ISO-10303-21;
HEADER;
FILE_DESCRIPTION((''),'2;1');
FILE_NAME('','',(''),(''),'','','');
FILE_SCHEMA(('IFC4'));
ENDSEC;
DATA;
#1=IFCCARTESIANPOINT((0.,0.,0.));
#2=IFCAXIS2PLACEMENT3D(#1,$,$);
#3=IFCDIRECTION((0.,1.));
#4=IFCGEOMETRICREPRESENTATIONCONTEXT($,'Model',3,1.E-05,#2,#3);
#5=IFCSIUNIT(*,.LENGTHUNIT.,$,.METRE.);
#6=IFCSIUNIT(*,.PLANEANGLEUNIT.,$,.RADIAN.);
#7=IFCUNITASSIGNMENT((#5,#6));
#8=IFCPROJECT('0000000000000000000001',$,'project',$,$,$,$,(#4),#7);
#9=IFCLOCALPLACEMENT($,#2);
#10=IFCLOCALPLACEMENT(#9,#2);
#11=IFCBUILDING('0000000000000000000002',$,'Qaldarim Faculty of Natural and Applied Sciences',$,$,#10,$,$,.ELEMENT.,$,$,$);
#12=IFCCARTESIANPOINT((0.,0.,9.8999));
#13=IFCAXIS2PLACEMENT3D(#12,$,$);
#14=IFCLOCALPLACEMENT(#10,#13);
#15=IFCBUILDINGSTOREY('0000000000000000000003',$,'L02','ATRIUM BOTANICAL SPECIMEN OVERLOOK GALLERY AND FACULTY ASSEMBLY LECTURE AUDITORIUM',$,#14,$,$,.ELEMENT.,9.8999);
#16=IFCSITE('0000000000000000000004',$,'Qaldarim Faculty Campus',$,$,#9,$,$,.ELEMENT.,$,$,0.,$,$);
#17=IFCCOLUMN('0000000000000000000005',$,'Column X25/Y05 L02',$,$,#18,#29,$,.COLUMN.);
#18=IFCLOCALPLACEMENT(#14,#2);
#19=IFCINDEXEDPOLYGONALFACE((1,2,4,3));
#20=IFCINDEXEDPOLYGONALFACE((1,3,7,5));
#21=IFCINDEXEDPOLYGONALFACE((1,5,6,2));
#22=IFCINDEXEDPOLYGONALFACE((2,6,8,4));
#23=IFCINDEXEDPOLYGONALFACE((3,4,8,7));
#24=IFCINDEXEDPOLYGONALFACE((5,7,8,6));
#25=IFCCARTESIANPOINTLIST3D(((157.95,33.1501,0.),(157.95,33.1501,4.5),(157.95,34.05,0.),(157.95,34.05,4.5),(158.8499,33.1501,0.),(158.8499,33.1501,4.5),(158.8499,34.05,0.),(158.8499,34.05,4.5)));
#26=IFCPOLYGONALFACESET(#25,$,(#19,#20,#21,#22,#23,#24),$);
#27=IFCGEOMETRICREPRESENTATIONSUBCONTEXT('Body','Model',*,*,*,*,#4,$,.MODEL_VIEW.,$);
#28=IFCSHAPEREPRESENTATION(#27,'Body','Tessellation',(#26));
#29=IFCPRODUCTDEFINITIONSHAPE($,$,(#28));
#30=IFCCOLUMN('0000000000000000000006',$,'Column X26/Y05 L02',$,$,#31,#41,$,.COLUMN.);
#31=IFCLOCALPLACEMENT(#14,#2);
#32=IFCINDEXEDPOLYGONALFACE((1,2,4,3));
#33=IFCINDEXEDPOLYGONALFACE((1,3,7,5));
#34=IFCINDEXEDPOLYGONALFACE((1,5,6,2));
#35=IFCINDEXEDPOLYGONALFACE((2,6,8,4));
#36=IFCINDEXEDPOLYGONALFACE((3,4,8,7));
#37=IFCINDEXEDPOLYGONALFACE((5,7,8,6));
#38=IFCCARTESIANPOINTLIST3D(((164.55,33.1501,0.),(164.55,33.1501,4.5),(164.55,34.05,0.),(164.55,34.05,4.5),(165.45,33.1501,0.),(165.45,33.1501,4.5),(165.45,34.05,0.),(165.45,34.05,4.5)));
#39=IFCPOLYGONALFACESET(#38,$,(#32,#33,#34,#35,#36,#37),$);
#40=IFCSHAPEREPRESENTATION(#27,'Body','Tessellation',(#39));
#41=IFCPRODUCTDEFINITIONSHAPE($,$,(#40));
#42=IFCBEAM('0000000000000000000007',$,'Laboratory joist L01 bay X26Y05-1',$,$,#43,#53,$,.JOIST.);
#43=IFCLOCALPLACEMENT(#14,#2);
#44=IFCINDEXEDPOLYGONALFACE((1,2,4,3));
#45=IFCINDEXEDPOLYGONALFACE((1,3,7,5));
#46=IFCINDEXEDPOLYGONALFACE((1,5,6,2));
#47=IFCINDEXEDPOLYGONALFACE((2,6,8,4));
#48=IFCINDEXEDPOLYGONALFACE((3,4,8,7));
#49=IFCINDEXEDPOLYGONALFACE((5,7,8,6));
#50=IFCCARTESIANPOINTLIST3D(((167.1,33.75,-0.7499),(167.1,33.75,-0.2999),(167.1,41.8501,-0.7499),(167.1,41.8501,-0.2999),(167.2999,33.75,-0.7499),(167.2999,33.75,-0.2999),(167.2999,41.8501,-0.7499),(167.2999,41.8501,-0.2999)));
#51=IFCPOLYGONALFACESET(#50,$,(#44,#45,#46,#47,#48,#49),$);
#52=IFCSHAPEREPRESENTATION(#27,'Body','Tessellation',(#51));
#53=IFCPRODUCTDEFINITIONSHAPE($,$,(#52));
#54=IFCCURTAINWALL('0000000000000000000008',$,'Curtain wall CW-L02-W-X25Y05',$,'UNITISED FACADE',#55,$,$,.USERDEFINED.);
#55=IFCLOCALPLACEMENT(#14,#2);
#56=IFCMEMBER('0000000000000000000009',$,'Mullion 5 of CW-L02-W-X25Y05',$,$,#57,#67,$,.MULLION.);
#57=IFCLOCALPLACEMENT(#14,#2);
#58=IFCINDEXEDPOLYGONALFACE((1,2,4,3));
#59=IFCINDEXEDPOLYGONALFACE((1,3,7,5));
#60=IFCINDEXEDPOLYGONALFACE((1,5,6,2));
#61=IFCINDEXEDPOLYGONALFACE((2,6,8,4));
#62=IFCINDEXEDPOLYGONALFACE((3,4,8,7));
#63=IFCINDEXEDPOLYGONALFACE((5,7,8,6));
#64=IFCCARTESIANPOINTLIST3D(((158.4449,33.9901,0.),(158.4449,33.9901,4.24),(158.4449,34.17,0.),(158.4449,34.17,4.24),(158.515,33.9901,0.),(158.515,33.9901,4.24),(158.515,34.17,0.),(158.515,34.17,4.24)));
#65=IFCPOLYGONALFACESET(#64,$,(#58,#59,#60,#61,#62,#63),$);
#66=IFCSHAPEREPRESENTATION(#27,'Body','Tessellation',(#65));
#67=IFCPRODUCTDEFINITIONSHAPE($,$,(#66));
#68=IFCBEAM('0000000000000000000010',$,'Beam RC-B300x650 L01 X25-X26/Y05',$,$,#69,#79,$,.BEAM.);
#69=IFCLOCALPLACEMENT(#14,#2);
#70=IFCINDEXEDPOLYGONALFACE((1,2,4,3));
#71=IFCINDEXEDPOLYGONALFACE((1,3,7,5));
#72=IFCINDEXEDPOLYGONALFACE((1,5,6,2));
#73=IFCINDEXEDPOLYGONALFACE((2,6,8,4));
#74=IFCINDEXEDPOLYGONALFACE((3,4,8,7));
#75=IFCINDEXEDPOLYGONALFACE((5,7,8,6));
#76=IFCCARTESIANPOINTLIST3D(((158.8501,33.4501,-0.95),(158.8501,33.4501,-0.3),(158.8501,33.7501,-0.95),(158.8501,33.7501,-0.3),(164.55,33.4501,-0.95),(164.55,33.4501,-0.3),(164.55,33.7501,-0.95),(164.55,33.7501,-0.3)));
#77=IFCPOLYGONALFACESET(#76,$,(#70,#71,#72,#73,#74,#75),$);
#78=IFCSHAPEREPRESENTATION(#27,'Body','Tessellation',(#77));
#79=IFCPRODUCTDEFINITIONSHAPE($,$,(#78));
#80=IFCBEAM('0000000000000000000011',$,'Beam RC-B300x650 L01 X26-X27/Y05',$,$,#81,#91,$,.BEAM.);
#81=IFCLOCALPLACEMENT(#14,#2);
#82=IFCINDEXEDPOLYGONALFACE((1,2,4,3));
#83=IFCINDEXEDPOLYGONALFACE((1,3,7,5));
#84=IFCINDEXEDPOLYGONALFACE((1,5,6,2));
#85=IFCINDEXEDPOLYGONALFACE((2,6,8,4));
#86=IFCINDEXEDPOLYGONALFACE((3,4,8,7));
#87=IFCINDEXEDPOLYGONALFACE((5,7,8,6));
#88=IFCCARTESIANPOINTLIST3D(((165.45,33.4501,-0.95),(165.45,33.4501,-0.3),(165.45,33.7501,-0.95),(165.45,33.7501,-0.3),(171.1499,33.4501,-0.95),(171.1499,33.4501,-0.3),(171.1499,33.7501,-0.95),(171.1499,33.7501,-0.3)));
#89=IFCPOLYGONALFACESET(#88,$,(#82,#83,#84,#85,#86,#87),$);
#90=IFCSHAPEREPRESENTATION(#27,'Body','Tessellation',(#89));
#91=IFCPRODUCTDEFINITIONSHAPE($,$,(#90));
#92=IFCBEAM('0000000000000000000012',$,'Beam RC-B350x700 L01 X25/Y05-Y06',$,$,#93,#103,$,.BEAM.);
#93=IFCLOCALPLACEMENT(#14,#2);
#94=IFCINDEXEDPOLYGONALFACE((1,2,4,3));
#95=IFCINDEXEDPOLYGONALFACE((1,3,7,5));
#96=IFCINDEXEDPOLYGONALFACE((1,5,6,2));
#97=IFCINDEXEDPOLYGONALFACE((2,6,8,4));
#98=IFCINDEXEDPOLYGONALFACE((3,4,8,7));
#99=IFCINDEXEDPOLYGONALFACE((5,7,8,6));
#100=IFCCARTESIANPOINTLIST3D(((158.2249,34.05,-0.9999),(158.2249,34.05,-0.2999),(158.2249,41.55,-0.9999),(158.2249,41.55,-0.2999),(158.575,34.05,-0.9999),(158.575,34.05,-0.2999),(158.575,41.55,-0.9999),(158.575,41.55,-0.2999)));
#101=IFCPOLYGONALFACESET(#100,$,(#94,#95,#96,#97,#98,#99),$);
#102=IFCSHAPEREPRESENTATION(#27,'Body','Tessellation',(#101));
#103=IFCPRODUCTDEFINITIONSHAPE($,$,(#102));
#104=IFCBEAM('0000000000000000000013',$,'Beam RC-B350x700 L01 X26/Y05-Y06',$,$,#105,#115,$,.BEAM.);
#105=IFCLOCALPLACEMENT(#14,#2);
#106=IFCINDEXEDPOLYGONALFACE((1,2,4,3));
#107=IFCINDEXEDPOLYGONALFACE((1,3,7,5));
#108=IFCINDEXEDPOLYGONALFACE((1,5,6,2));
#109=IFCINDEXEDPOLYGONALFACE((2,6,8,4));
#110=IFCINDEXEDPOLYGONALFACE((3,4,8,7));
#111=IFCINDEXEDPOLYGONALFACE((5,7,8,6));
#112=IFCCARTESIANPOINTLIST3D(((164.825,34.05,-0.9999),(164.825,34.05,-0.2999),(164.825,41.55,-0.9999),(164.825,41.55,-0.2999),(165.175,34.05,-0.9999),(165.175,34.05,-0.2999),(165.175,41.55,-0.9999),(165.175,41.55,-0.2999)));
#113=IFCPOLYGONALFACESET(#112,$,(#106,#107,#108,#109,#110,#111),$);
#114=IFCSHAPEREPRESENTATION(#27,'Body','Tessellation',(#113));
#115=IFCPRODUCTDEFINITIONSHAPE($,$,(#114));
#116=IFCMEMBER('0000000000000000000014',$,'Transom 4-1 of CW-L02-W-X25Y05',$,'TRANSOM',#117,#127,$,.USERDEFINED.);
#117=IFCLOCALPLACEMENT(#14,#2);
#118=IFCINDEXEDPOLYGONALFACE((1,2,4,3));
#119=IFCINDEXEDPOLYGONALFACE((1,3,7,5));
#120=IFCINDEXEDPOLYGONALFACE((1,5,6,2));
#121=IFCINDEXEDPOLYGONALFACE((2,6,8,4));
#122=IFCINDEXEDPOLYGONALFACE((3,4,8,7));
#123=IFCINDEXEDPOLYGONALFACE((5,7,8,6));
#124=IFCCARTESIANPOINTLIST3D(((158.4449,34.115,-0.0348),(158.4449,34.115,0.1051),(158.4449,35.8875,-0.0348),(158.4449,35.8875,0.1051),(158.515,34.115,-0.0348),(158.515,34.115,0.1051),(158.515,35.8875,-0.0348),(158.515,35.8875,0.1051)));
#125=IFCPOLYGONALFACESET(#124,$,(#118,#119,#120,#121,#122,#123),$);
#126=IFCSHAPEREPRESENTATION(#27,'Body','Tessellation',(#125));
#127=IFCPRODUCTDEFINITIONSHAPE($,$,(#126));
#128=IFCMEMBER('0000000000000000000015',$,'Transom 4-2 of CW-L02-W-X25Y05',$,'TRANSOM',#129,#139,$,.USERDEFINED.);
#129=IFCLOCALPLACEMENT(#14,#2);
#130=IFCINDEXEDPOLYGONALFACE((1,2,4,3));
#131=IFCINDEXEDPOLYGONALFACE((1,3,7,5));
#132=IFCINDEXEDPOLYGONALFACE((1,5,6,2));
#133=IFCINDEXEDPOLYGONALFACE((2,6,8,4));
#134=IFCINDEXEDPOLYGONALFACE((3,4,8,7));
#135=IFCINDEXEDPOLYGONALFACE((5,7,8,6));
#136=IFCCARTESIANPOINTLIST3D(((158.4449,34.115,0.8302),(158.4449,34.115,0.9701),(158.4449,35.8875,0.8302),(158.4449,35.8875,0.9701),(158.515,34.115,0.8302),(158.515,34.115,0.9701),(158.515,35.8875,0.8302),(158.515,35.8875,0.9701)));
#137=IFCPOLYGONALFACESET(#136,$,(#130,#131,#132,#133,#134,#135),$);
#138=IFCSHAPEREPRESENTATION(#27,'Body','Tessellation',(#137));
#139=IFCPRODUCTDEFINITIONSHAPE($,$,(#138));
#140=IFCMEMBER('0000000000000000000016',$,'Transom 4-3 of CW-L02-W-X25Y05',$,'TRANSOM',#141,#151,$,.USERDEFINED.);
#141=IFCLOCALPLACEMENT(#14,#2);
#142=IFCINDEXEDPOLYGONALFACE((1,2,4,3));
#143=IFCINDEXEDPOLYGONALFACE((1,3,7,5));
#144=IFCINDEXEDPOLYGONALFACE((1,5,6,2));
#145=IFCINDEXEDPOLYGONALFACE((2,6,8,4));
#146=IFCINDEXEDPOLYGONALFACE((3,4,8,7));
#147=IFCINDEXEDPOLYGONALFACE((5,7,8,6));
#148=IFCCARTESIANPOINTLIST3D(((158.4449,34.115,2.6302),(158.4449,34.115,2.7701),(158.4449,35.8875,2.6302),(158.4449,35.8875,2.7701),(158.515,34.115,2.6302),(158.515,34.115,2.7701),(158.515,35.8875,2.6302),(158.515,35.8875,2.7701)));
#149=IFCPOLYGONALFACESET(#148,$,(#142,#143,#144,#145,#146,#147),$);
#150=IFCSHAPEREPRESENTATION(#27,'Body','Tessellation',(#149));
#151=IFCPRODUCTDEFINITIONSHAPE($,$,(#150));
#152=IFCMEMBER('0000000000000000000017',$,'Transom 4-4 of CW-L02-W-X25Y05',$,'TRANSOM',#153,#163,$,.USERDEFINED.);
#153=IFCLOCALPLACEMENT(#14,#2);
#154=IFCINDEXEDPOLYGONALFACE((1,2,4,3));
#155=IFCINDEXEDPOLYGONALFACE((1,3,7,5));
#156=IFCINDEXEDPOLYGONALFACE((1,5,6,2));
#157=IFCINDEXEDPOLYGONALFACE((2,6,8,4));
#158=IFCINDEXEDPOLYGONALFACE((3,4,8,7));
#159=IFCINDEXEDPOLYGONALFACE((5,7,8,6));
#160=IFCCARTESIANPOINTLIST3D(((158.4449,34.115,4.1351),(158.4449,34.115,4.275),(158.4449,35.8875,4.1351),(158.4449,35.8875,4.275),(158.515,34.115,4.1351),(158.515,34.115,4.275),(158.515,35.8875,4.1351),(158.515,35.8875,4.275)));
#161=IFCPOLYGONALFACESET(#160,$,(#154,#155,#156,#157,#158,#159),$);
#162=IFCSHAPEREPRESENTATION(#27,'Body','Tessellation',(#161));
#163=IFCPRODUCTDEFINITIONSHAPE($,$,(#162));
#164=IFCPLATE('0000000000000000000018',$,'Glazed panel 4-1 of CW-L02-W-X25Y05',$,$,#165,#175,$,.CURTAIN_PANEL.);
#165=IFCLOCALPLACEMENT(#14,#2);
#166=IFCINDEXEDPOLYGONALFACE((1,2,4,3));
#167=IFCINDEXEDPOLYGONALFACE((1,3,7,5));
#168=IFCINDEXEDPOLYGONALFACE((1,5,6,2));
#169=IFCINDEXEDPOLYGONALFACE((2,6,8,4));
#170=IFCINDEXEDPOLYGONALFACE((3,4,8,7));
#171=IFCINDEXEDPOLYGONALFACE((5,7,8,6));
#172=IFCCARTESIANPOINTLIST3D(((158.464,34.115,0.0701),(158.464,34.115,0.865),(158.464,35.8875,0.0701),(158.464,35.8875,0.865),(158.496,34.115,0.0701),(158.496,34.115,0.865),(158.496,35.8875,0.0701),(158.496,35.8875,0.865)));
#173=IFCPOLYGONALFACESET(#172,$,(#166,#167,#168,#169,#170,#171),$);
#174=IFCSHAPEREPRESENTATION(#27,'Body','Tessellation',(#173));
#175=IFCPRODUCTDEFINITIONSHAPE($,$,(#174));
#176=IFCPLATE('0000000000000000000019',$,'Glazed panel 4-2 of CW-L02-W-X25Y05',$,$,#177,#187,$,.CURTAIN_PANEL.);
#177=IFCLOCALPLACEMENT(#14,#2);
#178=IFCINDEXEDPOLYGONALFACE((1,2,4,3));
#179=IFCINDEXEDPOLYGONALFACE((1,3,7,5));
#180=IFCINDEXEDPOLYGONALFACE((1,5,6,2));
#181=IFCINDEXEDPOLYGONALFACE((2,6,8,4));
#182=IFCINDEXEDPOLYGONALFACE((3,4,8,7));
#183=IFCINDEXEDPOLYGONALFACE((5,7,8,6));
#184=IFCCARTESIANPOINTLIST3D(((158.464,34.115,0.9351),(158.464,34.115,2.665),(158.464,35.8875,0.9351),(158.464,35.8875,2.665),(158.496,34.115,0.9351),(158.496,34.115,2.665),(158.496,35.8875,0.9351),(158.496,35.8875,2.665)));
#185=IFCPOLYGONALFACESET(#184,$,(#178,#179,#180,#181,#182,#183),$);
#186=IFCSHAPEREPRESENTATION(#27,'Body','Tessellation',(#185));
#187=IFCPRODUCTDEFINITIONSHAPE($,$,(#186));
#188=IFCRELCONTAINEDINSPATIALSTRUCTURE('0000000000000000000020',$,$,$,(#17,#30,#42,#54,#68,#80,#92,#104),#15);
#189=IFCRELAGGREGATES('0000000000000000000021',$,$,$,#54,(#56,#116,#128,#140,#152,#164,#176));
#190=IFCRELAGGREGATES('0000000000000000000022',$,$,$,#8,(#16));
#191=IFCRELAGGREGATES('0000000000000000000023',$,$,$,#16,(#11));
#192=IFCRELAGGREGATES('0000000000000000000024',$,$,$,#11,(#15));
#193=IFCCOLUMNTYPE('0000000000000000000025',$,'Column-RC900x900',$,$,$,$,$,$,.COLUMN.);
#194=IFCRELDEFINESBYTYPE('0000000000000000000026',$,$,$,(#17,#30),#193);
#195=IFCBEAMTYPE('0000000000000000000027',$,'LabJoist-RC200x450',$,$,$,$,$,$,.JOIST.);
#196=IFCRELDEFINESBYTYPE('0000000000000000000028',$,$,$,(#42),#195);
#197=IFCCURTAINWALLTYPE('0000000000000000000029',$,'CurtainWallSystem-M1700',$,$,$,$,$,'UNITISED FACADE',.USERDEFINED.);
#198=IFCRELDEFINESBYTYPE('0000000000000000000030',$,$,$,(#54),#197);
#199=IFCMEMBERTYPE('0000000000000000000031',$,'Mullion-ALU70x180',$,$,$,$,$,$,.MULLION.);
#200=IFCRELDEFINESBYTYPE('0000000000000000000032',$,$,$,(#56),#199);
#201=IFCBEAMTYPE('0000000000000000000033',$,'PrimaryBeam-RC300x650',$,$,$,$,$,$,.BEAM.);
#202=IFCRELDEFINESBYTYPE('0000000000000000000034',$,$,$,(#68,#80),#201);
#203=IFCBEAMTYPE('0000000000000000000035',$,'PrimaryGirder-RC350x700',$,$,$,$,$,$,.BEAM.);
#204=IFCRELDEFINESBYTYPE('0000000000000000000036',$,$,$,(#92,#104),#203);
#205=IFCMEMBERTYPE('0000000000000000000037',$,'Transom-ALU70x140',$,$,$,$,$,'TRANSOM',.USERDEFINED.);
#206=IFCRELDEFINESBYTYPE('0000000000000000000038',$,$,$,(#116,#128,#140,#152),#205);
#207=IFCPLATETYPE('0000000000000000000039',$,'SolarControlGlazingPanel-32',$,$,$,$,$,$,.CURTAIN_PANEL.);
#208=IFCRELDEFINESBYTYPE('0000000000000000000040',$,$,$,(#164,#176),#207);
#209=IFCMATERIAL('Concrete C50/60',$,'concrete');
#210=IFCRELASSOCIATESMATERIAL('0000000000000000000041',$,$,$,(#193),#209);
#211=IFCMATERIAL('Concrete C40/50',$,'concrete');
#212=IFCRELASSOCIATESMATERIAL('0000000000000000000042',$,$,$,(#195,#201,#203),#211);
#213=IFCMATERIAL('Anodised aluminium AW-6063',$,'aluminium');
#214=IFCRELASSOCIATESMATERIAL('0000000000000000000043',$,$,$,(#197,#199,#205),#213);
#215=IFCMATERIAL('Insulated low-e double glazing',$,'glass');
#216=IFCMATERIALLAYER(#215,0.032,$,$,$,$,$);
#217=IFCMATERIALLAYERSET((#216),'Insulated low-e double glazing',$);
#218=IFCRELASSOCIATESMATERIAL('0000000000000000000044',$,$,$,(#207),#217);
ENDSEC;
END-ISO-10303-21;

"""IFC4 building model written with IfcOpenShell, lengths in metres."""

from ifc_helpers import new_model, si_unit, direction, frame, origin, origin_2d, place, context, subcontext, project, spatial, rectangle, extrude, material, layer, layer_set, material_profile, profile_set, type_object, element, aggregate, save


model = new_model("IFC4")

# Units and contexts
model_context = context("Model", 3, precision=1e-05, world=origin(), true_north=direction((0.0, 1.0)))
body_context = subcontext(model_context, "Body", "Model", "MODEL_VIEW")
ifc_project = project(units=[si_unit("LENGTHUNIT", "METRE"), si_unit("PLANEANGLEUNIT", "RADIAN")], contexts=[model_context])

# Site, building, storey
site_placement = place(None, origin())
site = spatial("IfcSite", under=ifc_project, at=site_placement, Name="Qaldarim Faculty Campus", CompositionType="ELEMENT", RefElevation=0.0)
building_placement = place(site_placement, origin())
building = spatial("IfcBuilding", under=site, at=building_placement, Name="Qaldarim Faculty of Natural and Applied Sciences", CompositionType="ELEMENT")
storey_placement = place(building_placement, frame((0.0, 0.0, 9.8999)))
storey = spatial("IfcBuildingStorey", under=building, at=storey_placement, Name="L02", Description="ATRIUM BOTANICAL SPECIMEN OVERLOOK GALLERY AND FACULTY ASSEMBLY LECTURE AUDITORIUM", CompositionType="ELEMENT", Elevation=9.8999)

# Columns
ifc_material_1 = material(Name="Concrete C50/60", Category="concrete")
ifc_material_profile_1 = material_profile(ifc_material_1, rectangle(XDim=0.8999, YDim=0.8999, at=origin_2d()), Name="RC-C900x900")
ifc_profile_set_1 = profile_set([ifc_material_profile_1], Name="Concrete C50/60")
column_type = type_object("IfcColumnType", Name="Column-RC900x900", PredefinedType="COLUMN", material=ifc_profile_set_1)
for number, where, z_axis, x_axis, name in (
    (1, (158.3999, 33.6001, 0.0), (0.0, 0.0, 1.0), (1.0, 0.0, 0.0), "Column X25/Y05 L02"),
    (2, (165.0, 33.6001, 0.0), (0.0, 0.0, 1.0), (1.0, 0.0, 0.0), "Column X26/Y05 L02"),
):
    element("IfcColumn", number, at=place(storey_placement, frame(where, z_axis=z_axis, x_axis=x_axis)), inside=storey, type_object=column_type, Name=name, PredefinedType="COLUMN", context=body_context, shape_type="SweptSolid", body=[
        extrude(rectangle(XDim=0.8999, YDim=0.8999, at=origin_2d()), origin(), (0.0, 0.0, 1.0), 4.5),
    ])

# Beam
ifc_material_2 = material(Name="Concrete C40/50", Category="concrete")
ifc_material_profile_2 = material_profile(ifc_material_2, rectangle(XDim=0.2, YDim=0.45, at=origin_2d()), Name="RC-J200x450")
ifc_profile_set_2 = profile_set([ifc_material_profile_2], Name="Concrete C40/50")
beam_type_1 = type_object("IfcBeamType", Name="LabJoist-RC200x450", PredefinedType="JOIST", material=ifc_profile_set_2)
beam_placement = place(storey_placement, frame((167.2, 33.75, -0.5249), z_axis=(0.0, 1.0, 0.0), x_axis=(-1.0, 0.0, 0.0)))
element("IfcBeam", 3, at=beam_placement, inside=storey, type_object=beam_type_1, Name="Laboratory joist L01 bay X26Y05-1", PredefinedType="JOIST", context=body_context, shape_type="SweptSolid", body=[
    extrude(rectangle(XDim=0.2, YDim=0.45, at=origin_2d()), origin(), (0.0, 0.0, 1.0), 8.1001),
])

# Curtain wall, member
ifc_material_3 = material(Name="Anodised aluminium AW-6063", Category="aluminium")
curtain_wall_type = type_object("IfcCurtainWallType", Name="CurtainWallSystem-M1700", ElementType="UNITISED FACADE", PredefinedType="USERDEFINED", material=ifc_material_3)
curtain_wall_placement = place(storey_placement, origin())
curtain_wall = element("IfcCurtainWall", 4, at=curtain_wall_placement, inside=storey, type_object=curtain_wall_type, Name="Curtain wall CW-L02-W-X25Y05", ObjectType="UNITISED FACADE", PredefinedType="USERDEFINED")
ifc_material_profile_3 = material_profile(ifc_material_3, rectangle(XDim=0.0701, YDim=0.1799, at=origin_2d()), Name="ALU-M70x180")
ifc_profile_set_3 = profile_set([ifc_material_profile_3], Name="Anodised aluminium AW-6063")
member_type_1 = type_object("IfcMemberType", Name="Mullion-ALU70x180", PredefinedType="MULLION", material=ifc_profile_set_3)
member_1_placement = place(storey_placement, frame((158.48, 34.0801, 0.0), z_axis=(0.0, 0.0, 1.0), x_axis=(1.0, 0.0, 0.0)))
member_1 = element("IfcMember", 5, at=member_1_placement, type_object=member_type_1, Name="Mullion 5 of CW-L02-W-X25Y05", PredefinedType="MULLION", context=body_context, shape_type="SweptSolid", body=[
    extrude(rectangle(XDim=0.0701, YDim=0.1799, at=origin_2d()), origin(), (0.0, 0.0, 1.0), 4.24),
])

# Beams
ifc_material_profile_4 = material_profile(ifc_material_2, rectangle(XDim=0.3, YDim=0.6499, at=origin_2d()), Name="RC-B300x650")
ifc_profile_set_4 = profile_set([ifc_material_profile_4], Name="Concrete C40/50")
beam_type_2 = type_object("IfcBeamType", Name="PrimaryBeam-RC300x650", PredefinedType="BEAM", material=ifc_profile_set_4)
for number, where, z_axis, x_axis, name in (
    (6, (158.8501, 33.6001, -0.625), (1.0, 0.0, 0.0), (0.0, 1.0, 0.0), "Beam RC-B300x650 L01 X25-X26/Y05"),
    (7, (165.45, 33.6001, -0.625), (1.0, 0.0, 0.0), (0.0, 1.0, 0.0), "Beam RC-B300x650 L01 X26-X27/Y05"),
):
    element("IfcBeam", number, at=place(storey_placement, frame(where, z_axis=z_axis, x_axis=x_axis)), inside=storey, type_object=beam_type_2, Name=name, PredefinedType="BEAM", context=body_context, shape_type="SweptSolid", body=[
        extrude(rectangle(XDim=0.3, YDim=0.6499, at=origin_2d()), origin(), (0.0, 0.0, 1.0), 5.7),
    ])
ifc_material_profile_5 = material_profile(ifc_material_2, rectangle(XDim=0.3501, YDim=0.7, at=origin_2d()), Name="RC-B350x700")
ifc_profile_set_5 = profile_set([ifc_material_profile_5], Name="Concrete C40/50")
beam_type_3 = type_object("IfcBeamType", Name="PrimaryGirder-RC350x700", PredefinedType="BEAM", material=ifc_profile_set_5)
for number, where, z_axis, x_axis, name in (
    (8, (158.3999, 34.05, -0.6499), (0.0, 1.0, 0.0), (-1.0, 0.0, 0.0), "Beam RC-B350x700 L01 X25/Y05-Y06"),
    (9, (165.0, 34.05, -0.6499), (0.0, 1.0, 0.0), (-1.0, 0.0, 0.0), "Beam RC-B350x700 L01 X26/Y05-Y06"),
):
    element("IfcBeam", number, at=place(storey_placement, frame(where, z_axis=z_axis, x_axis=x_axis)), inside=storey, type_object=beam_type_3, Name=name, PredefinedType="BEAM", context=body_context, shape_type="SweptSolid", body=[
        extrude(rectangle(XDim=0.3501, YDim=0.7, at=origin_2d()), origin(), (0.0, 0.0, 1.0), 7.5),
    ])

# Members
ifc_material_profile_6 = material_profile(ifc_material_3, rectangle(XDim=0.0701, YDim=0.1399, at=origin_2d()), Name="ALU-T70x140")
ifc_profile_set_6 = profile_set([ifc_material_profile_6], Name="Anodised aluminium AW-6063")
member_type_2 = type_object("IfcMemberType", Name="Transom-ALU70x140", ElementType="TRANSOM", PredefinedType="USERDEFINED", material=ifc_profile_set_6)
member_2_placement = place(storey_placement, frame((158.48, 35.8875, 0.0352), z_axis=(0.0, -1.0, 0.0), x_axis=(1.0, 0.0, 0.0)))
member_2 = element("IfcMember", 10, at=member_2_placement, type_object=member_type_2, Name="Transom 4-1 of CW-L02-W-X25Y05", ObjectType="TRANSOM", PredefinedType="USERDEFINED", context=body_context, shape_type="SweptSolid", body=[
    extrude(rectangle(XDim=0.0701, YDim=0.1399, at=origin_2d()), origin(), (0.0, 0.0, 1.0), 1.7725),
])
member_3_placement = place(storey_placement, frame((158.48, 35.8875, 0.9001), z_axis=(0.0, -1.0, 0.0), x_axis=(1.0, 0.0, 0.0)))
member_3 = element("IfcMember", 11, at=member_3_placement, type_object=member_type_2, Name="Transom 4-2 of CW-L02-W-X25Y05", ObjectType="TRANSOM", PredefinedType="USERDEFINED", context=body_context, shape_type="SweptSolid", body=[
    extrude(rectangle(XDim=0.0701, YDim=0.1399, at=origin_2d()), origin(), (0.0, 0.0, 1.0), 1.7725),
])
member_4_placement = place(storey_placement, frame((158.48, 35.8875, 2.7002), z_axis=(0.0, -1.0, 0.0), x_axis=(1.0, 0.0, 0.0)))
member_4 = element("IfcMember", 12, at=member_4_placement, type_object=member_type_2, Name="Transom 4-3 of CW-L02-W-X25Y05", ObjectType="TRANSOM", PredefinedType="USERDEFINED", context=body_context, shape_type="SweptSolid", body=[
    extrude(rectangle(XDim=0.0701, YDim=0.1399, at=origin_2d()), origin(), (0.0, 0.0, 1.0), 1.7725),
])
member_5_placement = place(storey_placement, frame((158.48, 35.8875, 4.2051), z_axis=(0.0, -1.0, 0.0), x_axis=(1.0, 0.0, 0.0)))
member_5 = element("IfcMember", 13, at=member_5_placement, type_object=member_type_2, Name="Transom 4-4 of CW-L02-W-X25Y05", ObjectType="TRANSOM", PredefinedType="USERDEFINED", context=body_context, shape_type="SweptSolid", body=[
    extrude(rectangle(XDim=0.0701, YDim=0.1399, at=origin_2d()), origin(), (0.0, 0.0, 1.0), 1.7725),
])

# Plates
ifc_material_4 = material(Name="Insulated low-e double glazing", Category="glass")
ifc_layer_1 = layer(ifc_material_4, 0.032)
ifc_layer_set_1 = layer_set([ifc_layer_1], Name="Insulated low-e double glazing")
plate_type = type_object("IfcPlateType", Name="SolarControlGlazingPanel-32", PredefinedType="CURTAIN_PANEL", material=ifc_layer_set_1)
plate_1_placement = place(storey_placement, frame((158.48, 35.0012, 0.0701), z_axis=(0.0, 0.0, 1.0), x_axis=(0.0, -1.0, 0.0)))
plate_1 = element("IfcPlate", 14, at=plate_1_placement, type_object=plate_type, Name="Glazed panel 4-1 of CW-L02-W-X25Y05", PredefinedType="CURTAIN_PANEL", context=body_context, shape_type="SweptSolid", body=[
    extrude(rectangle(XDim=1.7725, YDim=0.032, at=origin_2d()), origin(), (0.0, 0.0, 1.0), 0.7949),
])
plate_2_placement = place(storey_placement, frame((158.48, 35.0012, 0.9351), z_axis=(0.0, 0.0, 1.0), x_axis=(0.0, -1.0, 0.0)))
plate_2 = element("IfcPlate", 15, at=plate_2_placement, type_object=plate_type, Name="Glazed panel 4-2 of CW-L02-W-X25Y05", PredefinedType="CURTAIN_PANEL", context=body_context, shape_type="SweptSolid", body=[
    extrude(rectangle(XDim=1.7725, YDim=0.032, at=origin_2d()), origin(), (0.0, 0.0, 1.0), 1.73),
])
aggregate(curtain_wall, [member_1, member_2, member_3, member_4, member_5, plate_1, plate_2])

save(model, "model.ifc")
